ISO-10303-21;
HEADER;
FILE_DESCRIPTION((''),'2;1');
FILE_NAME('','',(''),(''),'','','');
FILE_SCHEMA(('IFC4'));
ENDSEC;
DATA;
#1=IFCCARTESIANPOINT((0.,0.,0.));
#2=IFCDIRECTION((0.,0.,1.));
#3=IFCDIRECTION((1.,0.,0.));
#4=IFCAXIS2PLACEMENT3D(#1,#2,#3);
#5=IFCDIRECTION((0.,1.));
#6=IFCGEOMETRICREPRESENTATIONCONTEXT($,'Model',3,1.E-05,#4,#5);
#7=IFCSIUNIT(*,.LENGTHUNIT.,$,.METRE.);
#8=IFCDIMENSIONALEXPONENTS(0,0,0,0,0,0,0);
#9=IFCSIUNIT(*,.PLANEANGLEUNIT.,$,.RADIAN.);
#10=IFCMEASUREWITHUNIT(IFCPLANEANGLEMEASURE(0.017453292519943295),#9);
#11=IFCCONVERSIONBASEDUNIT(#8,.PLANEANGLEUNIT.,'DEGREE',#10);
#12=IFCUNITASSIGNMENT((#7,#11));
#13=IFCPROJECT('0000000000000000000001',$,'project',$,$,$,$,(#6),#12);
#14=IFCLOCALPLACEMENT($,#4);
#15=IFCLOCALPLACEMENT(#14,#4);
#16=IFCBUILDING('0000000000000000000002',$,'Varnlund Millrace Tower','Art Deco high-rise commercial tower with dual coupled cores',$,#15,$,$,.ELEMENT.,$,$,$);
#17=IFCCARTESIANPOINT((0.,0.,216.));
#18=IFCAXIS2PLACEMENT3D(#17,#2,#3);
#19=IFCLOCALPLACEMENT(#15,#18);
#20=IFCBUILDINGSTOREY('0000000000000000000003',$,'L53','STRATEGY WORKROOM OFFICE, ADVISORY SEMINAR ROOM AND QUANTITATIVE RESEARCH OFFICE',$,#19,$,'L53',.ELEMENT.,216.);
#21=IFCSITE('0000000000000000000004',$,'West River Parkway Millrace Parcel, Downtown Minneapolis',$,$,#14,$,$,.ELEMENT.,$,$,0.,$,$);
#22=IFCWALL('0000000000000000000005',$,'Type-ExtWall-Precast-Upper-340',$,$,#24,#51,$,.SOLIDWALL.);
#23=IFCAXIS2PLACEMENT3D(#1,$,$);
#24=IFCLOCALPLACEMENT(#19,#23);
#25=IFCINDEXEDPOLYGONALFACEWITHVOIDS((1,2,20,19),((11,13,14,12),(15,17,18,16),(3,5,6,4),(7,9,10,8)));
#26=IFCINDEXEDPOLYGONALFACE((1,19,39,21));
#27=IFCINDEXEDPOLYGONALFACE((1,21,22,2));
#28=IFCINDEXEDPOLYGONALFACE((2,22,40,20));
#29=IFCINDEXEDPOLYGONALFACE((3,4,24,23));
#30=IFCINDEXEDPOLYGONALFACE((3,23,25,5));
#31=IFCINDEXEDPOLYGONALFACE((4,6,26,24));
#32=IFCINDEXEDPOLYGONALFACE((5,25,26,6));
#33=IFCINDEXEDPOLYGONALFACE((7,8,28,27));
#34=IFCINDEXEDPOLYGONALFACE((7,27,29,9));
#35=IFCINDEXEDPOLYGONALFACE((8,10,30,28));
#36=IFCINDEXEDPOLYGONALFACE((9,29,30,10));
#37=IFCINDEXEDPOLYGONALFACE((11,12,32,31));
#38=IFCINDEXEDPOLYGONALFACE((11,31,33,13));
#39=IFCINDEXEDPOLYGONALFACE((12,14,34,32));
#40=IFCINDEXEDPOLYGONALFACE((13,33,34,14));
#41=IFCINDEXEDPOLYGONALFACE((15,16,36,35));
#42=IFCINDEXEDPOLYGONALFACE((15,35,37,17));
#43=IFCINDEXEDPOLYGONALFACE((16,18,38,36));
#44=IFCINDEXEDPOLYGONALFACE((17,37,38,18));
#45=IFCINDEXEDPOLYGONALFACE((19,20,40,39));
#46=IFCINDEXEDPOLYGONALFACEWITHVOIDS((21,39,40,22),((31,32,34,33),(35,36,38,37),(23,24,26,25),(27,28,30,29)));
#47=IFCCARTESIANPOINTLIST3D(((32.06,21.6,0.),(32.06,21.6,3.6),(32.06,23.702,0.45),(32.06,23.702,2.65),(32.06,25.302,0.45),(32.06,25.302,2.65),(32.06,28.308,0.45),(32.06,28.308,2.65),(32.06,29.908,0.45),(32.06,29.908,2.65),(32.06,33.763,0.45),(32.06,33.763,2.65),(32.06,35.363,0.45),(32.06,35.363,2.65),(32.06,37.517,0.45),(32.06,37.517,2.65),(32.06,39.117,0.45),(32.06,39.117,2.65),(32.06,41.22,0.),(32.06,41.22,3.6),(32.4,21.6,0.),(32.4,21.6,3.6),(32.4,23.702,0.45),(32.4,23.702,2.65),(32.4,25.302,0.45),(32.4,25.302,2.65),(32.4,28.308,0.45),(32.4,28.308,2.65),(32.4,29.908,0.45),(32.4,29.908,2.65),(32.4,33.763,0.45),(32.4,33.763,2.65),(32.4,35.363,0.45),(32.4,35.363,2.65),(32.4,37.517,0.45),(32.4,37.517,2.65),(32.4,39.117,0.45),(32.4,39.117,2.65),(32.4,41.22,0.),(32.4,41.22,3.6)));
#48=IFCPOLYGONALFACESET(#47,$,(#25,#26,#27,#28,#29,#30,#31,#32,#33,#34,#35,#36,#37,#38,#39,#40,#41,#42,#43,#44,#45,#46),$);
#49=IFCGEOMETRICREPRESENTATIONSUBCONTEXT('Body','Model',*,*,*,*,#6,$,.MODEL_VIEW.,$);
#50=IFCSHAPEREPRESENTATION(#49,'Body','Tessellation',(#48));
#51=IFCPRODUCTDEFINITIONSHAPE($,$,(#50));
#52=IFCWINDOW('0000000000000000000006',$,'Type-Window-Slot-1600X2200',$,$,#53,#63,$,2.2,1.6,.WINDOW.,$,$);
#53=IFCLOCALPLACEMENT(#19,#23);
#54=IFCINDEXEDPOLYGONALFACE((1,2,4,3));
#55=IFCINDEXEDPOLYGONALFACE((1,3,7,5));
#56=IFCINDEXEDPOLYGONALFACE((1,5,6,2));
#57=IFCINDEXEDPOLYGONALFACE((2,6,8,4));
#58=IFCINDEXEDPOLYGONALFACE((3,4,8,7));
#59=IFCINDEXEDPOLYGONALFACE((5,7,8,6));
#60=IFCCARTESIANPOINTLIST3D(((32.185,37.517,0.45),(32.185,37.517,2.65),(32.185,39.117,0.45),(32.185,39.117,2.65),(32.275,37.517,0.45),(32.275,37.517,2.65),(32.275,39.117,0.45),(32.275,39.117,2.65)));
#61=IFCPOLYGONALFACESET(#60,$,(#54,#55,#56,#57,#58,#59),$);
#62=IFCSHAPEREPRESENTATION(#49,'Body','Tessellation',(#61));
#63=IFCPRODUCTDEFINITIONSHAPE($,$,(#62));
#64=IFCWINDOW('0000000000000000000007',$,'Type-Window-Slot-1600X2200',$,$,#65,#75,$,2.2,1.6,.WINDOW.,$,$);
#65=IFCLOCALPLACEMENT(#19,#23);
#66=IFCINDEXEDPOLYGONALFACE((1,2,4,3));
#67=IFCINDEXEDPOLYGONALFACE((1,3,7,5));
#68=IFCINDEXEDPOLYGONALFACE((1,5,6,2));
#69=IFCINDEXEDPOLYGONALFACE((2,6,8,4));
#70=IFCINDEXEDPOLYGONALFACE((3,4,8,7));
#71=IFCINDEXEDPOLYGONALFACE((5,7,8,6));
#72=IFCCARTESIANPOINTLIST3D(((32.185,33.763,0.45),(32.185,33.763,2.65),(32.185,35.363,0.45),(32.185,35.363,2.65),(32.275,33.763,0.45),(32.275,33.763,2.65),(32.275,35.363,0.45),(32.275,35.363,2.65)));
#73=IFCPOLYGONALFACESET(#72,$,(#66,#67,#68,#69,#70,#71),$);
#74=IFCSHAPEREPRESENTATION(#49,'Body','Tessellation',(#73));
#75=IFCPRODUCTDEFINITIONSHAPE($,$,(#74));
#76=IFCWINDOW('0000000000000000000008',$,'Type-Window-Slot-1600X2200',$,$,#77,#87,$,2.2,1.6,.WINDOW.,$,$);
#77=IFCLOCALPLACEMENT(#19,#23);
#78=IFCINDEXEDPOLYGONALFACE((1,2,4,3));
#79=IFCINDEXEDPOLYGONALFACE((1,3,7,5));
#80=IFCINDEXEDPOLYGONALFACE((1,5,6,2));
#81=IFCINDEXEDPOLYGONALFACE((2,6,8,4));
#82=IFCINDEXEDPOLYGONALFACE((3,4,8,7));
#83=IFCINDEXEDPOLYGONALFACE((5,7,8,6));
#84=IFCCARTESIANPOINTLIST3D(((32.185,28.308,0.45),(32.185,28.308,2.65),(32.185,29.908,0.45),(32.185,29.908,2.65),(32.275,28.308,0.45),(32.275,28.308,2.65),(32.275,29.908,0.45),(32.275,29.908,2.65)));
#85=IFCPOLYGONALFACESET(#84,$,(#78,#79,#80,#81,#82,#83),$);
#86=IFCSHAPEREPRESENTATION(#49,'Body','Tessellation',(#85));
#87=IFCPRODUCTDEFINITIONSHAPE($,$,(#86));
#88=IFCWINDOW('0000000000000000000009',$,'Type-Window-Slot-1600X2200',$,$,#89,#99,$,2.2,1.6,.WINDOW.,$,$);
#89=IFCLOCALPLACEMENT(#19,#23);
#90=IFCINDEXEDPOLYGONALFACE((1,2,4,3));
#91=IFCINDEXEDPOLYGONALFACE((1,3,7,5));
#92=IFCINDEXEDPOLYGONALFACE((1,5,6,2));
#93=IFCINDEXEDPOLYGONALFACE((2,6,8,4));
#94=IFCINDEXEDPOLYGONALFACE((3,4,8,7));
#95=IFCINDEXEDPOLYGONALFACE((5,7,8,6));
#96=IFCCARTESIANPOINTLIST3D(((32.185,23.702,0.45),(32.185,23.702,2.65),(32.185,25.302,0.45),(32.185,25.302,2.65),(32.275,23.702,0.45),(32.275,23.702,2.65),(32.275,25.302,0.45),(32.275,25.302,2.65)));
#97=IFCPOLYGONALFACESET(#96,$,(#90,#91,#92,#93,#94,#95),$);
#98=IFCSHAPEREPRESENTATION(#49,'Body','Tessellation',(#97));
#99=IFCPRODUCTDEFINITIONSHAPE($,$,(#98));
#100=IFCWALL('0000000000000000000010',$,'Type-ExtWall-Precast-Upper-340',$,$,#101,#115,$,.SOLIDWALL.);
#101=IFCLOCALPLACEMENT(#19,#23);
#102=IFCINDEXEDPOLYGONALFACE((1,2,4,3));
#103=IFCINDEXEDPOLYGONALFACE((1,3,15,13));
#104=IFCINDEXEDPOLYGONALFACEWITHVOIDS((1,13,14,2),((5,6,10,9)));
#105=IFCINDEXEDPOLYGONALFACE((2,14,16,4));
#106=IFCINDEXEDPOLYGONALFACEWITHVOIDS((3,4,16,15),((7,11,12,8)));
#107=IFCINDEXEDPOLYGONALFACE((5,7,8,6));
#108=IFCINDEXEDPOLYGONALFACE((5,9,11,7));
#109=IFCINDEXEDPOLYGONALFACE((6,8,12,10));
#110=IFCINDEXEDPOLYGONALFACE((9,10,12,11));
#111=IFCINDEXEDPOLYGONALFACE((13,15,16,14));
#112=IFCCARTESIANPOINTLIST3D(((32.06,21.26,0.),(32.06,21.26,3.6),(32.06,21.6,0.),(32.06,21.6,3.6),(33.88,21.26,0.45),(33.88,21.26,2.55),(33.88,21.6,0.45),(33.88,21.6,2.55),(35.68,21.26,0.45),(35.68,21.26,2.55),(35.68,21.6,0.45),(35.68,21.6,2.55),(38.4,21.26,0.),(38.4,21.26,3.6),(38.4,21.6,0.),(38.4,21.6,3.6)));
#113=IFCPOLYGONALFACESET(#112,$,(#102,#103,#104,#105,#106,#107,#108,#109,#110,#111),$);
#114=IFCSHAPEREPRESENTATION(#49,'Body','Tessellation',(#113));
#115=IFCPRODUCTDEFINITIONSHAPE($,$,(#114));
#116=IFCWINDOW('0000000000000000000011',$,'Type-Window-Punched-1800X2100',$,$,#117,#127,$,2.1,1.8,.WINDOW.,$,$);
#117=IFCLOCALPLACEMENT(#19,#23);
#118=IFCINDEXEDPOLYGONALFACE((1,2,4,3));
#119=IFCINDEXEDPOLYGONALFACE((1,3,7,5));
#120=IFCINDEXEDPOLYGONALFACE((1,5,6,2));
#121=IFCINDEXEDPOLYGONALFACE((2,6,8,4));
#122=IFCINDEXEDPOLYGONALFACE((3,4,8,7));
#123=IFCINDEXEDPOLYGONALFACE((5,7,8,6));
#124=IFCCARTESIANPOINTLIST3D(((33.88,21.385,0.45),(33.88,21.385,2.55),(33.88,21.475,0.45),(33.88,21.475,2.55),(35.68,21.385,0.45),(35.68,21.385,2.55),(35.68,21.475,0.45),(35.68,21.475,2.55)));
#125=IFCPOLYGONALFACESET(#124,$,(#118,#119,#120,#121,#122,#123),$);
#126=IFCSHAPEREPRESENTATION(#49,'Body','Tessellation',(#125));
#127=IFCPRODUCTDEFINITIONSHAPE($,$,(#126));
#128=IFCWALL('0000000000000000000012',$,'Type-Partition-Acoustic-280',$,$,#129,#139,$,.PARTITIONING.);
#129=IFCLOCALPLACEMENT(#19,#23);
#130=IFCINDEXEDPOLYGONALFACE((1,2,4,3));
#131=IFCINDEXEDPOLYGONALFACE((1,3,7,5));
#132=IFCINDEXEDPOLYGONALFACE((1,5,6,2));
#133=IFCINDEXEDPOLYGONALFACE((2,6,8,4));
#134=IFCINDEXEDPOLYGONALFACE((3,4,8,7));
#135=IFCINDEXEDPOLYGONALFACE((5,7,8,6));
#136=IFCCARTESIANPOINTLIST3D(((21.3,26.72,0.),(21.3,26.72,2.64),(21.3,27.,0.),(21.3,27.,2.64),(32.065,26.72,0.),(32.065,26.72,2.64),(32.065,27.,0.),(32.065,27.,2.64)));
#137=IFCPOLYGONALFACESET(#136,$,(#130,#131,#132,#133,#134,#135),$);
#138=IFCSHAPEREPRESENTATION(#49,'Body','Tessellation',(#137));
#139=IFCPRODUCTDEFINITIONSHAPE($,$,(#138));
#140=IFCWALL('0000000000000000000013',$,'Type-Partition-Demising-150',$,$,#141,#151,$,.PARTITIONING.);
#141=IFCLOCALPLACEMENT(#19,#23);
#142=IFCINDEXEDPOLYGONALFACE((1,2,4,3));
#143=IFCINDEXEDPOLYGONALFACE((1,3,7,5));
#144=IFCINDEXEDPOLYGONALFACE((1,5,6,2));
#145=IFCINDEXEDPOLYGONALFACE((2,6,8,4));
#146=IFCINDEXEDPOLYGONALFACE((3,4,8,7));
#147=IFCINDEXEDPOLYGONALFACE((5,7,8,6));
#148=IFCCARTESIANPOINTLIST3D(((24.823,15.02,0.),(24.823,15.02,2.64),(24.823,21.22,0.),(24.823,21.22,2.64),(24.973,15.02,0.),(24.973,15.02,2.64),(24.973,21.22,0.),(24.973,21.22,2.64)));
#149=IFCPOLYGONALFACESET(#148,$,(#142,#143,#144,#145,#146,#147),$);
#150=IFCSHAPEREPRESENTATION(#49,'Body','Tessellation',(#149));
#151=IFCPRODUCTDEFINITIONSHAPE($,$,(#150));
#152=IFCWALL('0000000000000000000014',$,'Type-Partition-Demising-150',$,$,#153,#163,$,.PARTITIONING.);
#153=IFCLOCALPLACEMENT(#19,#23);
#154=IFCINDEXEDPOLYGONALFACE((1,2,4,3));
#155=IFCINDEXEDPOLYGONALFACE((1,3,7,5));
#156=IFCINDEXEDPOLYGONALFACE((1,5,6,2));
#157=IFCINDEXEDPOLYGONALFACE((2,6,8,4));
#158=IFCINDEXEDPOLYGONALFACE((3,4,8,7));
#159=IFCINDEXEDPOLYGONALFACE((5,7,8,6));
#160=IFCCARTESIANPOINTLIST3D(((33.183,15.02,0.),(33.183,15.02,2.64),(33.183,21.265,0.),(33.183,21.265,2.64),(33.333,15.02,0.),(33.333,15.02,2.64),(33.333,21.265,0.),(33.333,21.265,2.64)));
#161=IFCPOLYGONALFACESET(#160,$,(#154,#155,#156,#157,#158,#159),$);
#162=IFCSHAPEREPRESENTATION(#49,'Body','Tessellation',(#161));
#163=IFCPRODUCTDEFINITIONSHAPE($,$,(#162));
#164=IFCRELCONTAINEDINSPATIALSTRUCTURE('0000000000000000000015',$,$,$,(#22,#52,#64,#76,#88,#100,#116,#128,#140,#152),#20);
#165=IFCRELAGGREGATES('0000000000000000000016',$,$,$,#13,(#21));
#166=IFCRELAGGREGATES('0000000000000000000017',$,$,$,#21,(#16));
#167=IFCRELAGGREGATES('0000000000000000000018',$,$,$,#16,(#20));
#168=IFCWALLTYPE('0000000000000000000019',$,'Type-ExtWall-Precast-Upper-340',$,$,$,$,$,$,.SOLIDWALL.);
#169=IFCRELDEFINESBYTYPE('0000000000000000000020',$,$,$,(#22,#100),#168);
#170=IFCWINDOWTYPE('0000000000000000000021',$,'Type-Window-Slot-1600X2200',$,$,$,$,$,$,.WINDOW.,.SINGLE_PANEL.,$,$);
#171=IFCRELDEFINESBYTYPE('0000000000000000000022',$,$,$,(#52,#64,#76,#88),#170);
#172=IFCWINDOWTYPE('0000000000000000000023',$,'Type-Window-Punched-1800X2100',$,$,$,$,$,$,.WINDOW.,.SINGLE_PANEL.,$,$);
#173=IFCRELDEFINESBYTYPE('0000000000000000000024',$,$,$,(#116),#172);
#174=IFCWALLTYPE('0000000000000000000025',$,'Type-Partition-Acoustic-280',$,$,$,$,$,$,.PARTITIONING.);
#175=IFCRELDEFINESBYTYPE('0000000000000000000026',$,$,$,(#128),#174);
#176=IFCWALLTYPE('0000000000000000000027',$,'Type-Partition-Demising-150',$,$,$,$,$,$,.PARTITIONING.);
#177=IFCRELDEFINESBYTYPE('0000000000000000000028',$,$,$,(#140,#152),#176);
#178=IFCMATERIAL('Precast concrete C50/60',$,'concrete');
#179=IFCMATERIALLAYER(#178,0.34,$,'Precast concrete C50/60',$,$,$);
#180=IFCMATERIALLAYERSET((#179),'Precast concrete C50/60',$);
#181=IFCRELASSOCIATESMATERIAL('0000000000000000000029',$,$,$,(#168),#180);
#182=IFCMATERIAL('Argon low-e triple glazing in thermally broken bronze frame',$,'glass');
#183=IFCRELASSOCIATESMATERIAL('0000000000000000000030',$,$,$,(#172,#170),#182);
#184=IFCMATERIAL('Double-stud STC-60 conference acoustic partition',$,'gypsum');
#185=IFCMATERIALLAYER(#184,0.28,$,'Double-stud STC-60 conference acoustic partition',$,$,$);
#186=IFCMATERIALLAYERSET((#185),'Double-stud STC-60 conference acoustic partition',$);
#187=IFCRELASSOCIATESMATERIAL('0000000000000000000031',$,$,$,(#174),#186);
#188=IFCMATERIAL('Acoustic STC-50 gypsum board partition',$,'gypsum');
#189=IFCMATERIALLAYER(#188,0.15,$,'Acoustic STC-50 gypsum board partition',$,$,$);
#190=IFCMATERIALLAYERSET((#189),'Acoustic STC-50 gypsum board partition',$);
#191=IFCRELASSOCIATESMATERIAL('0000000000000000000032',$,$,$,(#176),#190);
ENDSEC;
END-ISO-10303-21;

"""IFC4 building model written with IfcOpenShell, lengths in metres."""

from ifc_helpers import new_model, entity, si_unit, converted_unit, direction, frame, origin_with_axes, origin_2d_with_axis, place, context, subcontext, project, spatial, polyline, rectangle, outline, extrude, material, layer, layer_set, type_object, element, fill, save


model = new_model("IFC4")

# Units and contexts
model_context = context("Model", 3, precision=1e-05, world=origin_with_axes(), true_north=direction((0.0, 1.0)))
body_context = subcontext(model_context, "Body", "Model", "MODEL_VIEW")
ifc_project = project(units=[si_unit("LENGTHUNIT", "METRE"), converted_unit("PLANEANGLEUNIT", "DEGREE", entity("IfcPlaneAngleMeasure", 0.017453292519943295), si_unit("PLANEANGLEUNIT", "RADIAN"), dimensions=[0, 0, 0, 0, 0, 0, 0])], contexts=[model_context])

# Site, building, storey
site_placement = place(None, origin_with_axes())
site = spatial("IfcSite", under=ifc_project, at=site_placement, Name="West River Parkway Millrace Parcel, Downtown Minneapolis", CompositionType="ELEMENT", RefElevation=0.0)
building_placement = place(site_placement, origin_with_axes())
building = spatial("IfcBuilding", under=site, at=building_placement, Name="Varnlund Millrace Tower", Description="Art Deco high-rise commercial tower with dual coupled cores", CompositionType="ELEMENT")
storey_placement = place(building_placement, frame((0.0, 0.0, 216.0), z_axis=(0.0, 0.0, 1.0), x_axis=(1.0, 0.0, 0.0)))
storey = spatial("IfcBuildingStorey", under=building, at=storey_placement, Name="L53", Description="STRATEGY WORKROOM OFFICE, ADVISORY SEMINAR ROOM AND QUANTITATIVE RESEARCH OFFICE", LongName="L53", CompositionType="ELEMENT", Elevation=216.0)

# Shared definitions
ifc_material_1 = material(Name="Precast concrete C50/60", Category="concrete")
ifc_layer_1 = layer(ifc_material_1, 0.34, Name="Precast concrete C50/60")
ifc_layer_set_1 = layer_set([ifc_layer_1], Name="Precast concrete C50/60")
wall_type_1 = type_object("IfcWallType", Name="Type-ExtWall-Precast-Upper-340", PredefinedType="SOLIDWALL", material=ifc_layer_set_1)

# Shared definitions
ifc_material_2 = material(Name="Argon low-e triple glazing in thermally broken bronze frame", Category="glass")
window_type_1 = type_object("IfcWindowType", Name="Type-Window-Punched-1800X2100", PartitioningType="SINGLE_PANEL", PredefinedType="WINDOW", material=ifc_material_2)

# Wall, openings, windows
wall_1_placement = place(storey_placement, frame((32.23, 41.22, 0.0), z_axis=(0.0, 0.0, 1.0), x_axis=(0.0, -1.0, 0.0)))
wall_1 = element("IfcWall", 1, at=wall_1_placement, inside=storey, type_object=wall_type_1, Name="Type-ExtWall-Precast-Upper-340", PredefinedType="SOLIDWALL", context=body_context, shape_type="SweptSolid", body=[
    extrude(outline(polyline([(0.0, -0.17), (19.62, -0.17), (19.62, 0.17), (0.0, 0.17), (0.0, -0.17)])), origin_with_axes(), (0.0, 0.0, 1.0), 3.6),
])
opening_1_placement = place(wall_1_placement, frame((2.903, 0.0, 0.45), z_axis=(0.0, 0.0, 1.0), x_axis=(1.0, 0.0, 0.0)))
opening_1 = element("IfcOpeningElement", 2, at=opening_1_placement, cuts=wall_1, PredefinedType="OPENING", context=body_context, shape_type="SweptSolid", body=[
    extrude(rectangle(XDim=1.6, YDim=0.36, at=origin_2d_with_axis()), origin_with_axes(), (0.0, 0.0, 1.0), 2.2),
])
opening_2_placement = place(wall_1_placement, frame((6.657, 0.0, 0.45), z_axis=(0.0, 0.0, 1.0), x_axis=(1.0, 0.0, 0.0)))
opening_2 = element("IfcOpeningElement", 3, at=opening_2_placement, cuts=wall_1, PredefinedType="OPENING", context=body_context, shape_type="SweptSolid", body=[
    extrude(rectangle(XDim=1.6, YDim=0.36, at=origin_2d_with_axis()), origin_with_axes(), (0.0, 0.0, 1.0), 2.2),
])
opening_3_placement = place(wall_1_placement, frame((12.112, 0.0, 0.45), z_axis=(0.0, 0.0, 1.0), x_axis=(1.0, 0.0, 0.0)))
opening_3 = element("IfcOpeningElement", 4, at=opening_3_placement, cuts=wall_1, PredefinedType="OPENING", context=body_context, shape_type="SweptSolid", body=[
    extrude(rectangle(XDim=1.6, YDim=0.36, at=origin_2d_with_axis()), origin_with_axes(), (0.0, 0.0, 1.0), 2.2),
])
opening_4_placement = place(wall_1_placement, frame((16.718, 0.0, 0.45), z_axis=(0.0, 0.0, 1.0), x_axis=(1.0, 0.0, 0.0)))
opening_4 = element("IfcOpeningElement", 5, at=opening_4_placement, cuts=wall_1, PredefinedType="OPENING", context=body_context, shape_type="SweptSolid", body=[
    extrude(rectangle(XDim=1.6, YDim=0.36, at=origin_2d_with_axis()), origin_with_axes(), (0.0, 0.0, 1.0), 2.2),
])
window_type_2 = type_object("IfcWindowType", Name="Type-Window-Slot-1600X2200", PartitioningType="SINGLE_PANEL", PredefinedType="WINDOW", material=ifc_material_2)
window_1_placement = place(wall_1_placement, frame((2.903, 0.0, 0.45), z_axis=(0.0, 0.0, 1.0), x_axis=(1.0, 0.0, 0.0)))
window_1 = element("IfcWindow", 6, at=window_1_placement, inside=storey, type_object=window_type_2, Name="Type-Window-Slot-1600X2200", OverallHeight=2.2, OverallWidth=1.6, PredefinedType="WINDOW", context=body_context, shape_type="SweptSolid", body=[
    extrude(rectangle(XDim=1.6, YDim=0.09, at=origin_2d_with_axis()), origin_with_axes(), (0.0, 0.0, 1.0), 2.2),
])
fill(opening_1, window_1)
window_2_placement = place(wall_1_placement, frame((6.657, 0.0, 0.45), z_axis=(0.0, 0.0, 1.0), x_axis=(1.0, 0.0, 0.0)))
window_2 = element("IfcWindow", 7, at=window_2_placement, inside=storey, type_object=window_type_2, Name="Type-Window-Slot-1600X2200", OverallHeight=2.2, OverallWidth=1.6, PredefinedType="WINDOW", context=body_context, shape_type="SweptSolid", body=[
    extrude(rectangle(XDim=1.6, YDim=0.09, at=origin_2d_with_axis()), origin_with_axes(), (0.0, 0.0, 1.0), 2.2),
])
fill(opening_2, window_2)
window_3_placement = place(wall_1_placement, frame((12.112, 0.0, 0.45), z_axis=(0.0, 0.0, 1.0), x_axis=(1.0, 0.0, 0.0)))
window_3 = element("IfcWindow", 8, at=window_3_placement, inside=storey, type_object=window_type_2, Name="Type-Window-Slot-1600X2200", OverallHeight=2.2, OverallWidth=1.6, PredefinedType="WINDOW", context=body_context, shape_type="SweptSolid", body=[
    extrude(rectangle(XDim=1.6, YDim=0.09, at=origin_2d_with_axis()), origin_with_axes(), (0.0, 0.0, 1.0), 2.2),
])
fill(opening_3, window_3)
window_4_placement = place(wall_1_placement, frame((16.718, 0.0, 0.45), z_axis=(0.0, 0.0, 1.0), x_axis=(1.0, 0.0, 0.0)))
window_4 = element("IfcWindow", 9, at=window_4_placement, inside=storey, type_object=window_type_2, Name="Type-Window-Slot-1600X2200", OverallHeight=2.2, OverallWidth=1.6, PredefinedType="WINDOW", context=body_context, shape_type="SweptSolid", body=[
    extrude(rectangle(XDim=1.6, YDim=0.09, at=origin_2d_with_axis()), origin_with_axes(), (0.0, 0.0, 1.0), 2.2),
])
fill(opening_4, window_4)

# Wall, opening, window
wall_2_placement = place(storey_placement, frame((32.06, 21.43, 0.0), z_axis=(0.0, 0.0, 1.0), x_axis=(1.0, 0.0, 0.0)))
wall_2 = element("IfcWall", 10, at=wall_2_placement, inside=storey, type_object=wall_type_1, Name="Type-ExtWall-Precast-Upper-340", PredefinedType="SOLIDWALL", context=body_context, shape_type="SweptSolid", body=[
    extrude(outline(polyline([(0.0, -0.17), (6.34, -0.17), (6.34, 0.17), (0.0, 0.17), (0.0, -0.17)])), origin_with_axes(), (0.0, 0.0, 1.0), 3.6),
])
opening_5_placement = place(wall_2_placement, frame((2.72, 0.0, 0.45), z_axis=(0.0, 0.0, 1.0), x_axis=(1.0, 0.0, 0.0)))
opening_5 = element("IfcOpeningElement", 11, at=opening_5_placement, cuts=wall_2, PredefinedType="OPENING", context=body_context, shape_type="SweptSolid", body=[
    extrude(rectangle(XDim=1.8, YDim=0.36, at=origin_2d_with_axis()), origin_with_axes(), (0.0, 0.0, 1.0), 2.1),
])
window_5_placement = place(wall_2_placement, frame((2.72, 0.0, 0.45), z_axis=(0.0, 0.0, 1.0), x_axis=(1.0, 0.0, 0.0)))
window_5 = element("IfcWindow", 12, at=window_5_placement, inside=storey, type_object=window_type_1, Name="Type-Window-Punched-1800X2100", OverallHeight=2.1, OverallWidth=1.8, PredefinedType="WINDOW", context=body_context, shape_type="SweptSolid", body=[
    extrude(rectangle(XDim=1.8, YDim=0.09, at=origin_2d_with_axis()), origin_with_axes(), (0.0, 0.0, 1.0), 2.1),
])
fill(opening_5, window_5)

# Walls
ifc_material_3 = material(Name="Double-stud STC-60 conference acoustic partition", Category="gypsum")
ifc_layer_2 = layer(ifc_material_3, 0.28, Name="Double-stud STC-60 conference acoustic partition")
ifc_layer_set_2 = layer_set([ifc_layer_2], Name="Double-stud STC-60 conference acoustic partition")
wall_type_2 = type_object("IfcWallType", Name="Type-Partition-Acoustic-280", PredefinedType="PARTITIONING", material=ifc_layer_set_2)
wall_3_placement = place(storey_placement, frame((21.3, 26.86, 0.0), z_axis=(0.0, 0.0, 1.0), x_axis=(1.0, 0.0, 0.0)))
element("IfcWall", 13, at=wall_3_placement, inside=storey, type_object=wall_type_2, Name="Type-Partition-Acoustic-280", PredefinedType="PARTITIONING", context=body_context, shape_type="SweptSolid", body=[
    extrude(outline(polyline([(0.0, -0.14), (10.765, -0.14), (10.765, 0.14), (0.0, 0.14), (0.0, -0.14)])), origin_with_axes(), (0.0, 0.0, 1.0), 2.64),
])
ifc_material_4 = material(Name="Acoustic STC-50 gypsum board partition", Category="gypsum")
ifc_layer_3 = layer(ifc_material_4, 0.15, Name="Acoustic STC-50 gypsum board partition")
ifc_layer_set_3 = layer_set([ifc_layer_3], Name="Acoustic STC-50 gypsum board partition")
wall_type_3 = type_object("IfcWallType", Name="Type-Partition-Demising-150", PredefinedType="PARTITIONING", material=ifc_layer_set_3)
wall_4_placement = place(storey_placement, frame((24.898, 15.02, 0.0), z_axis=(0.0, 0.0, 1.0), x_axis=(0.0, 1.0, 0.0)))
element("IfcWall", 14, at=wall_4_placement, inside=storey, type_object=wall_type_3, Name="Type-Partition-Demising-150", PredefinedType="PARTITIONING", context=body_context, shape_type="SweptSolid", body=[
    extrude(outline(polyline([(0.0, -0.075), (6.2, -0.075), (6.2, 0.075), (0.0, 0.075), (0.0, -0.075)])), origin_with_axes(), (0.0, 0.0, 1.0), 2.64),
])
wall_5_placement = place(storey_placement, frame((33.258, 15.02, 0.0), z_axis=(0.0, 0.0, 1.0), x_axis=(0.0, 1.0, 0.0)))
element("IfcWall", 15, at=wall_5_placement, inside=storey, type_object=wall_type_3, Name="Type-Partition-Demising-150", PredefinedType="PARTITIONING", context=body_context, shape_type="SweptSolid", body=[
    extrude(outline(polyline([(0.0, -0.075), (6.245, -0.075), (6.245, 0.075), (0.0, 0.075), (0.0, -0.075)])), origin_with_axes(), (0.0, 0.0, 1.0), 2.64),
])

save(model, "model.ifc")
